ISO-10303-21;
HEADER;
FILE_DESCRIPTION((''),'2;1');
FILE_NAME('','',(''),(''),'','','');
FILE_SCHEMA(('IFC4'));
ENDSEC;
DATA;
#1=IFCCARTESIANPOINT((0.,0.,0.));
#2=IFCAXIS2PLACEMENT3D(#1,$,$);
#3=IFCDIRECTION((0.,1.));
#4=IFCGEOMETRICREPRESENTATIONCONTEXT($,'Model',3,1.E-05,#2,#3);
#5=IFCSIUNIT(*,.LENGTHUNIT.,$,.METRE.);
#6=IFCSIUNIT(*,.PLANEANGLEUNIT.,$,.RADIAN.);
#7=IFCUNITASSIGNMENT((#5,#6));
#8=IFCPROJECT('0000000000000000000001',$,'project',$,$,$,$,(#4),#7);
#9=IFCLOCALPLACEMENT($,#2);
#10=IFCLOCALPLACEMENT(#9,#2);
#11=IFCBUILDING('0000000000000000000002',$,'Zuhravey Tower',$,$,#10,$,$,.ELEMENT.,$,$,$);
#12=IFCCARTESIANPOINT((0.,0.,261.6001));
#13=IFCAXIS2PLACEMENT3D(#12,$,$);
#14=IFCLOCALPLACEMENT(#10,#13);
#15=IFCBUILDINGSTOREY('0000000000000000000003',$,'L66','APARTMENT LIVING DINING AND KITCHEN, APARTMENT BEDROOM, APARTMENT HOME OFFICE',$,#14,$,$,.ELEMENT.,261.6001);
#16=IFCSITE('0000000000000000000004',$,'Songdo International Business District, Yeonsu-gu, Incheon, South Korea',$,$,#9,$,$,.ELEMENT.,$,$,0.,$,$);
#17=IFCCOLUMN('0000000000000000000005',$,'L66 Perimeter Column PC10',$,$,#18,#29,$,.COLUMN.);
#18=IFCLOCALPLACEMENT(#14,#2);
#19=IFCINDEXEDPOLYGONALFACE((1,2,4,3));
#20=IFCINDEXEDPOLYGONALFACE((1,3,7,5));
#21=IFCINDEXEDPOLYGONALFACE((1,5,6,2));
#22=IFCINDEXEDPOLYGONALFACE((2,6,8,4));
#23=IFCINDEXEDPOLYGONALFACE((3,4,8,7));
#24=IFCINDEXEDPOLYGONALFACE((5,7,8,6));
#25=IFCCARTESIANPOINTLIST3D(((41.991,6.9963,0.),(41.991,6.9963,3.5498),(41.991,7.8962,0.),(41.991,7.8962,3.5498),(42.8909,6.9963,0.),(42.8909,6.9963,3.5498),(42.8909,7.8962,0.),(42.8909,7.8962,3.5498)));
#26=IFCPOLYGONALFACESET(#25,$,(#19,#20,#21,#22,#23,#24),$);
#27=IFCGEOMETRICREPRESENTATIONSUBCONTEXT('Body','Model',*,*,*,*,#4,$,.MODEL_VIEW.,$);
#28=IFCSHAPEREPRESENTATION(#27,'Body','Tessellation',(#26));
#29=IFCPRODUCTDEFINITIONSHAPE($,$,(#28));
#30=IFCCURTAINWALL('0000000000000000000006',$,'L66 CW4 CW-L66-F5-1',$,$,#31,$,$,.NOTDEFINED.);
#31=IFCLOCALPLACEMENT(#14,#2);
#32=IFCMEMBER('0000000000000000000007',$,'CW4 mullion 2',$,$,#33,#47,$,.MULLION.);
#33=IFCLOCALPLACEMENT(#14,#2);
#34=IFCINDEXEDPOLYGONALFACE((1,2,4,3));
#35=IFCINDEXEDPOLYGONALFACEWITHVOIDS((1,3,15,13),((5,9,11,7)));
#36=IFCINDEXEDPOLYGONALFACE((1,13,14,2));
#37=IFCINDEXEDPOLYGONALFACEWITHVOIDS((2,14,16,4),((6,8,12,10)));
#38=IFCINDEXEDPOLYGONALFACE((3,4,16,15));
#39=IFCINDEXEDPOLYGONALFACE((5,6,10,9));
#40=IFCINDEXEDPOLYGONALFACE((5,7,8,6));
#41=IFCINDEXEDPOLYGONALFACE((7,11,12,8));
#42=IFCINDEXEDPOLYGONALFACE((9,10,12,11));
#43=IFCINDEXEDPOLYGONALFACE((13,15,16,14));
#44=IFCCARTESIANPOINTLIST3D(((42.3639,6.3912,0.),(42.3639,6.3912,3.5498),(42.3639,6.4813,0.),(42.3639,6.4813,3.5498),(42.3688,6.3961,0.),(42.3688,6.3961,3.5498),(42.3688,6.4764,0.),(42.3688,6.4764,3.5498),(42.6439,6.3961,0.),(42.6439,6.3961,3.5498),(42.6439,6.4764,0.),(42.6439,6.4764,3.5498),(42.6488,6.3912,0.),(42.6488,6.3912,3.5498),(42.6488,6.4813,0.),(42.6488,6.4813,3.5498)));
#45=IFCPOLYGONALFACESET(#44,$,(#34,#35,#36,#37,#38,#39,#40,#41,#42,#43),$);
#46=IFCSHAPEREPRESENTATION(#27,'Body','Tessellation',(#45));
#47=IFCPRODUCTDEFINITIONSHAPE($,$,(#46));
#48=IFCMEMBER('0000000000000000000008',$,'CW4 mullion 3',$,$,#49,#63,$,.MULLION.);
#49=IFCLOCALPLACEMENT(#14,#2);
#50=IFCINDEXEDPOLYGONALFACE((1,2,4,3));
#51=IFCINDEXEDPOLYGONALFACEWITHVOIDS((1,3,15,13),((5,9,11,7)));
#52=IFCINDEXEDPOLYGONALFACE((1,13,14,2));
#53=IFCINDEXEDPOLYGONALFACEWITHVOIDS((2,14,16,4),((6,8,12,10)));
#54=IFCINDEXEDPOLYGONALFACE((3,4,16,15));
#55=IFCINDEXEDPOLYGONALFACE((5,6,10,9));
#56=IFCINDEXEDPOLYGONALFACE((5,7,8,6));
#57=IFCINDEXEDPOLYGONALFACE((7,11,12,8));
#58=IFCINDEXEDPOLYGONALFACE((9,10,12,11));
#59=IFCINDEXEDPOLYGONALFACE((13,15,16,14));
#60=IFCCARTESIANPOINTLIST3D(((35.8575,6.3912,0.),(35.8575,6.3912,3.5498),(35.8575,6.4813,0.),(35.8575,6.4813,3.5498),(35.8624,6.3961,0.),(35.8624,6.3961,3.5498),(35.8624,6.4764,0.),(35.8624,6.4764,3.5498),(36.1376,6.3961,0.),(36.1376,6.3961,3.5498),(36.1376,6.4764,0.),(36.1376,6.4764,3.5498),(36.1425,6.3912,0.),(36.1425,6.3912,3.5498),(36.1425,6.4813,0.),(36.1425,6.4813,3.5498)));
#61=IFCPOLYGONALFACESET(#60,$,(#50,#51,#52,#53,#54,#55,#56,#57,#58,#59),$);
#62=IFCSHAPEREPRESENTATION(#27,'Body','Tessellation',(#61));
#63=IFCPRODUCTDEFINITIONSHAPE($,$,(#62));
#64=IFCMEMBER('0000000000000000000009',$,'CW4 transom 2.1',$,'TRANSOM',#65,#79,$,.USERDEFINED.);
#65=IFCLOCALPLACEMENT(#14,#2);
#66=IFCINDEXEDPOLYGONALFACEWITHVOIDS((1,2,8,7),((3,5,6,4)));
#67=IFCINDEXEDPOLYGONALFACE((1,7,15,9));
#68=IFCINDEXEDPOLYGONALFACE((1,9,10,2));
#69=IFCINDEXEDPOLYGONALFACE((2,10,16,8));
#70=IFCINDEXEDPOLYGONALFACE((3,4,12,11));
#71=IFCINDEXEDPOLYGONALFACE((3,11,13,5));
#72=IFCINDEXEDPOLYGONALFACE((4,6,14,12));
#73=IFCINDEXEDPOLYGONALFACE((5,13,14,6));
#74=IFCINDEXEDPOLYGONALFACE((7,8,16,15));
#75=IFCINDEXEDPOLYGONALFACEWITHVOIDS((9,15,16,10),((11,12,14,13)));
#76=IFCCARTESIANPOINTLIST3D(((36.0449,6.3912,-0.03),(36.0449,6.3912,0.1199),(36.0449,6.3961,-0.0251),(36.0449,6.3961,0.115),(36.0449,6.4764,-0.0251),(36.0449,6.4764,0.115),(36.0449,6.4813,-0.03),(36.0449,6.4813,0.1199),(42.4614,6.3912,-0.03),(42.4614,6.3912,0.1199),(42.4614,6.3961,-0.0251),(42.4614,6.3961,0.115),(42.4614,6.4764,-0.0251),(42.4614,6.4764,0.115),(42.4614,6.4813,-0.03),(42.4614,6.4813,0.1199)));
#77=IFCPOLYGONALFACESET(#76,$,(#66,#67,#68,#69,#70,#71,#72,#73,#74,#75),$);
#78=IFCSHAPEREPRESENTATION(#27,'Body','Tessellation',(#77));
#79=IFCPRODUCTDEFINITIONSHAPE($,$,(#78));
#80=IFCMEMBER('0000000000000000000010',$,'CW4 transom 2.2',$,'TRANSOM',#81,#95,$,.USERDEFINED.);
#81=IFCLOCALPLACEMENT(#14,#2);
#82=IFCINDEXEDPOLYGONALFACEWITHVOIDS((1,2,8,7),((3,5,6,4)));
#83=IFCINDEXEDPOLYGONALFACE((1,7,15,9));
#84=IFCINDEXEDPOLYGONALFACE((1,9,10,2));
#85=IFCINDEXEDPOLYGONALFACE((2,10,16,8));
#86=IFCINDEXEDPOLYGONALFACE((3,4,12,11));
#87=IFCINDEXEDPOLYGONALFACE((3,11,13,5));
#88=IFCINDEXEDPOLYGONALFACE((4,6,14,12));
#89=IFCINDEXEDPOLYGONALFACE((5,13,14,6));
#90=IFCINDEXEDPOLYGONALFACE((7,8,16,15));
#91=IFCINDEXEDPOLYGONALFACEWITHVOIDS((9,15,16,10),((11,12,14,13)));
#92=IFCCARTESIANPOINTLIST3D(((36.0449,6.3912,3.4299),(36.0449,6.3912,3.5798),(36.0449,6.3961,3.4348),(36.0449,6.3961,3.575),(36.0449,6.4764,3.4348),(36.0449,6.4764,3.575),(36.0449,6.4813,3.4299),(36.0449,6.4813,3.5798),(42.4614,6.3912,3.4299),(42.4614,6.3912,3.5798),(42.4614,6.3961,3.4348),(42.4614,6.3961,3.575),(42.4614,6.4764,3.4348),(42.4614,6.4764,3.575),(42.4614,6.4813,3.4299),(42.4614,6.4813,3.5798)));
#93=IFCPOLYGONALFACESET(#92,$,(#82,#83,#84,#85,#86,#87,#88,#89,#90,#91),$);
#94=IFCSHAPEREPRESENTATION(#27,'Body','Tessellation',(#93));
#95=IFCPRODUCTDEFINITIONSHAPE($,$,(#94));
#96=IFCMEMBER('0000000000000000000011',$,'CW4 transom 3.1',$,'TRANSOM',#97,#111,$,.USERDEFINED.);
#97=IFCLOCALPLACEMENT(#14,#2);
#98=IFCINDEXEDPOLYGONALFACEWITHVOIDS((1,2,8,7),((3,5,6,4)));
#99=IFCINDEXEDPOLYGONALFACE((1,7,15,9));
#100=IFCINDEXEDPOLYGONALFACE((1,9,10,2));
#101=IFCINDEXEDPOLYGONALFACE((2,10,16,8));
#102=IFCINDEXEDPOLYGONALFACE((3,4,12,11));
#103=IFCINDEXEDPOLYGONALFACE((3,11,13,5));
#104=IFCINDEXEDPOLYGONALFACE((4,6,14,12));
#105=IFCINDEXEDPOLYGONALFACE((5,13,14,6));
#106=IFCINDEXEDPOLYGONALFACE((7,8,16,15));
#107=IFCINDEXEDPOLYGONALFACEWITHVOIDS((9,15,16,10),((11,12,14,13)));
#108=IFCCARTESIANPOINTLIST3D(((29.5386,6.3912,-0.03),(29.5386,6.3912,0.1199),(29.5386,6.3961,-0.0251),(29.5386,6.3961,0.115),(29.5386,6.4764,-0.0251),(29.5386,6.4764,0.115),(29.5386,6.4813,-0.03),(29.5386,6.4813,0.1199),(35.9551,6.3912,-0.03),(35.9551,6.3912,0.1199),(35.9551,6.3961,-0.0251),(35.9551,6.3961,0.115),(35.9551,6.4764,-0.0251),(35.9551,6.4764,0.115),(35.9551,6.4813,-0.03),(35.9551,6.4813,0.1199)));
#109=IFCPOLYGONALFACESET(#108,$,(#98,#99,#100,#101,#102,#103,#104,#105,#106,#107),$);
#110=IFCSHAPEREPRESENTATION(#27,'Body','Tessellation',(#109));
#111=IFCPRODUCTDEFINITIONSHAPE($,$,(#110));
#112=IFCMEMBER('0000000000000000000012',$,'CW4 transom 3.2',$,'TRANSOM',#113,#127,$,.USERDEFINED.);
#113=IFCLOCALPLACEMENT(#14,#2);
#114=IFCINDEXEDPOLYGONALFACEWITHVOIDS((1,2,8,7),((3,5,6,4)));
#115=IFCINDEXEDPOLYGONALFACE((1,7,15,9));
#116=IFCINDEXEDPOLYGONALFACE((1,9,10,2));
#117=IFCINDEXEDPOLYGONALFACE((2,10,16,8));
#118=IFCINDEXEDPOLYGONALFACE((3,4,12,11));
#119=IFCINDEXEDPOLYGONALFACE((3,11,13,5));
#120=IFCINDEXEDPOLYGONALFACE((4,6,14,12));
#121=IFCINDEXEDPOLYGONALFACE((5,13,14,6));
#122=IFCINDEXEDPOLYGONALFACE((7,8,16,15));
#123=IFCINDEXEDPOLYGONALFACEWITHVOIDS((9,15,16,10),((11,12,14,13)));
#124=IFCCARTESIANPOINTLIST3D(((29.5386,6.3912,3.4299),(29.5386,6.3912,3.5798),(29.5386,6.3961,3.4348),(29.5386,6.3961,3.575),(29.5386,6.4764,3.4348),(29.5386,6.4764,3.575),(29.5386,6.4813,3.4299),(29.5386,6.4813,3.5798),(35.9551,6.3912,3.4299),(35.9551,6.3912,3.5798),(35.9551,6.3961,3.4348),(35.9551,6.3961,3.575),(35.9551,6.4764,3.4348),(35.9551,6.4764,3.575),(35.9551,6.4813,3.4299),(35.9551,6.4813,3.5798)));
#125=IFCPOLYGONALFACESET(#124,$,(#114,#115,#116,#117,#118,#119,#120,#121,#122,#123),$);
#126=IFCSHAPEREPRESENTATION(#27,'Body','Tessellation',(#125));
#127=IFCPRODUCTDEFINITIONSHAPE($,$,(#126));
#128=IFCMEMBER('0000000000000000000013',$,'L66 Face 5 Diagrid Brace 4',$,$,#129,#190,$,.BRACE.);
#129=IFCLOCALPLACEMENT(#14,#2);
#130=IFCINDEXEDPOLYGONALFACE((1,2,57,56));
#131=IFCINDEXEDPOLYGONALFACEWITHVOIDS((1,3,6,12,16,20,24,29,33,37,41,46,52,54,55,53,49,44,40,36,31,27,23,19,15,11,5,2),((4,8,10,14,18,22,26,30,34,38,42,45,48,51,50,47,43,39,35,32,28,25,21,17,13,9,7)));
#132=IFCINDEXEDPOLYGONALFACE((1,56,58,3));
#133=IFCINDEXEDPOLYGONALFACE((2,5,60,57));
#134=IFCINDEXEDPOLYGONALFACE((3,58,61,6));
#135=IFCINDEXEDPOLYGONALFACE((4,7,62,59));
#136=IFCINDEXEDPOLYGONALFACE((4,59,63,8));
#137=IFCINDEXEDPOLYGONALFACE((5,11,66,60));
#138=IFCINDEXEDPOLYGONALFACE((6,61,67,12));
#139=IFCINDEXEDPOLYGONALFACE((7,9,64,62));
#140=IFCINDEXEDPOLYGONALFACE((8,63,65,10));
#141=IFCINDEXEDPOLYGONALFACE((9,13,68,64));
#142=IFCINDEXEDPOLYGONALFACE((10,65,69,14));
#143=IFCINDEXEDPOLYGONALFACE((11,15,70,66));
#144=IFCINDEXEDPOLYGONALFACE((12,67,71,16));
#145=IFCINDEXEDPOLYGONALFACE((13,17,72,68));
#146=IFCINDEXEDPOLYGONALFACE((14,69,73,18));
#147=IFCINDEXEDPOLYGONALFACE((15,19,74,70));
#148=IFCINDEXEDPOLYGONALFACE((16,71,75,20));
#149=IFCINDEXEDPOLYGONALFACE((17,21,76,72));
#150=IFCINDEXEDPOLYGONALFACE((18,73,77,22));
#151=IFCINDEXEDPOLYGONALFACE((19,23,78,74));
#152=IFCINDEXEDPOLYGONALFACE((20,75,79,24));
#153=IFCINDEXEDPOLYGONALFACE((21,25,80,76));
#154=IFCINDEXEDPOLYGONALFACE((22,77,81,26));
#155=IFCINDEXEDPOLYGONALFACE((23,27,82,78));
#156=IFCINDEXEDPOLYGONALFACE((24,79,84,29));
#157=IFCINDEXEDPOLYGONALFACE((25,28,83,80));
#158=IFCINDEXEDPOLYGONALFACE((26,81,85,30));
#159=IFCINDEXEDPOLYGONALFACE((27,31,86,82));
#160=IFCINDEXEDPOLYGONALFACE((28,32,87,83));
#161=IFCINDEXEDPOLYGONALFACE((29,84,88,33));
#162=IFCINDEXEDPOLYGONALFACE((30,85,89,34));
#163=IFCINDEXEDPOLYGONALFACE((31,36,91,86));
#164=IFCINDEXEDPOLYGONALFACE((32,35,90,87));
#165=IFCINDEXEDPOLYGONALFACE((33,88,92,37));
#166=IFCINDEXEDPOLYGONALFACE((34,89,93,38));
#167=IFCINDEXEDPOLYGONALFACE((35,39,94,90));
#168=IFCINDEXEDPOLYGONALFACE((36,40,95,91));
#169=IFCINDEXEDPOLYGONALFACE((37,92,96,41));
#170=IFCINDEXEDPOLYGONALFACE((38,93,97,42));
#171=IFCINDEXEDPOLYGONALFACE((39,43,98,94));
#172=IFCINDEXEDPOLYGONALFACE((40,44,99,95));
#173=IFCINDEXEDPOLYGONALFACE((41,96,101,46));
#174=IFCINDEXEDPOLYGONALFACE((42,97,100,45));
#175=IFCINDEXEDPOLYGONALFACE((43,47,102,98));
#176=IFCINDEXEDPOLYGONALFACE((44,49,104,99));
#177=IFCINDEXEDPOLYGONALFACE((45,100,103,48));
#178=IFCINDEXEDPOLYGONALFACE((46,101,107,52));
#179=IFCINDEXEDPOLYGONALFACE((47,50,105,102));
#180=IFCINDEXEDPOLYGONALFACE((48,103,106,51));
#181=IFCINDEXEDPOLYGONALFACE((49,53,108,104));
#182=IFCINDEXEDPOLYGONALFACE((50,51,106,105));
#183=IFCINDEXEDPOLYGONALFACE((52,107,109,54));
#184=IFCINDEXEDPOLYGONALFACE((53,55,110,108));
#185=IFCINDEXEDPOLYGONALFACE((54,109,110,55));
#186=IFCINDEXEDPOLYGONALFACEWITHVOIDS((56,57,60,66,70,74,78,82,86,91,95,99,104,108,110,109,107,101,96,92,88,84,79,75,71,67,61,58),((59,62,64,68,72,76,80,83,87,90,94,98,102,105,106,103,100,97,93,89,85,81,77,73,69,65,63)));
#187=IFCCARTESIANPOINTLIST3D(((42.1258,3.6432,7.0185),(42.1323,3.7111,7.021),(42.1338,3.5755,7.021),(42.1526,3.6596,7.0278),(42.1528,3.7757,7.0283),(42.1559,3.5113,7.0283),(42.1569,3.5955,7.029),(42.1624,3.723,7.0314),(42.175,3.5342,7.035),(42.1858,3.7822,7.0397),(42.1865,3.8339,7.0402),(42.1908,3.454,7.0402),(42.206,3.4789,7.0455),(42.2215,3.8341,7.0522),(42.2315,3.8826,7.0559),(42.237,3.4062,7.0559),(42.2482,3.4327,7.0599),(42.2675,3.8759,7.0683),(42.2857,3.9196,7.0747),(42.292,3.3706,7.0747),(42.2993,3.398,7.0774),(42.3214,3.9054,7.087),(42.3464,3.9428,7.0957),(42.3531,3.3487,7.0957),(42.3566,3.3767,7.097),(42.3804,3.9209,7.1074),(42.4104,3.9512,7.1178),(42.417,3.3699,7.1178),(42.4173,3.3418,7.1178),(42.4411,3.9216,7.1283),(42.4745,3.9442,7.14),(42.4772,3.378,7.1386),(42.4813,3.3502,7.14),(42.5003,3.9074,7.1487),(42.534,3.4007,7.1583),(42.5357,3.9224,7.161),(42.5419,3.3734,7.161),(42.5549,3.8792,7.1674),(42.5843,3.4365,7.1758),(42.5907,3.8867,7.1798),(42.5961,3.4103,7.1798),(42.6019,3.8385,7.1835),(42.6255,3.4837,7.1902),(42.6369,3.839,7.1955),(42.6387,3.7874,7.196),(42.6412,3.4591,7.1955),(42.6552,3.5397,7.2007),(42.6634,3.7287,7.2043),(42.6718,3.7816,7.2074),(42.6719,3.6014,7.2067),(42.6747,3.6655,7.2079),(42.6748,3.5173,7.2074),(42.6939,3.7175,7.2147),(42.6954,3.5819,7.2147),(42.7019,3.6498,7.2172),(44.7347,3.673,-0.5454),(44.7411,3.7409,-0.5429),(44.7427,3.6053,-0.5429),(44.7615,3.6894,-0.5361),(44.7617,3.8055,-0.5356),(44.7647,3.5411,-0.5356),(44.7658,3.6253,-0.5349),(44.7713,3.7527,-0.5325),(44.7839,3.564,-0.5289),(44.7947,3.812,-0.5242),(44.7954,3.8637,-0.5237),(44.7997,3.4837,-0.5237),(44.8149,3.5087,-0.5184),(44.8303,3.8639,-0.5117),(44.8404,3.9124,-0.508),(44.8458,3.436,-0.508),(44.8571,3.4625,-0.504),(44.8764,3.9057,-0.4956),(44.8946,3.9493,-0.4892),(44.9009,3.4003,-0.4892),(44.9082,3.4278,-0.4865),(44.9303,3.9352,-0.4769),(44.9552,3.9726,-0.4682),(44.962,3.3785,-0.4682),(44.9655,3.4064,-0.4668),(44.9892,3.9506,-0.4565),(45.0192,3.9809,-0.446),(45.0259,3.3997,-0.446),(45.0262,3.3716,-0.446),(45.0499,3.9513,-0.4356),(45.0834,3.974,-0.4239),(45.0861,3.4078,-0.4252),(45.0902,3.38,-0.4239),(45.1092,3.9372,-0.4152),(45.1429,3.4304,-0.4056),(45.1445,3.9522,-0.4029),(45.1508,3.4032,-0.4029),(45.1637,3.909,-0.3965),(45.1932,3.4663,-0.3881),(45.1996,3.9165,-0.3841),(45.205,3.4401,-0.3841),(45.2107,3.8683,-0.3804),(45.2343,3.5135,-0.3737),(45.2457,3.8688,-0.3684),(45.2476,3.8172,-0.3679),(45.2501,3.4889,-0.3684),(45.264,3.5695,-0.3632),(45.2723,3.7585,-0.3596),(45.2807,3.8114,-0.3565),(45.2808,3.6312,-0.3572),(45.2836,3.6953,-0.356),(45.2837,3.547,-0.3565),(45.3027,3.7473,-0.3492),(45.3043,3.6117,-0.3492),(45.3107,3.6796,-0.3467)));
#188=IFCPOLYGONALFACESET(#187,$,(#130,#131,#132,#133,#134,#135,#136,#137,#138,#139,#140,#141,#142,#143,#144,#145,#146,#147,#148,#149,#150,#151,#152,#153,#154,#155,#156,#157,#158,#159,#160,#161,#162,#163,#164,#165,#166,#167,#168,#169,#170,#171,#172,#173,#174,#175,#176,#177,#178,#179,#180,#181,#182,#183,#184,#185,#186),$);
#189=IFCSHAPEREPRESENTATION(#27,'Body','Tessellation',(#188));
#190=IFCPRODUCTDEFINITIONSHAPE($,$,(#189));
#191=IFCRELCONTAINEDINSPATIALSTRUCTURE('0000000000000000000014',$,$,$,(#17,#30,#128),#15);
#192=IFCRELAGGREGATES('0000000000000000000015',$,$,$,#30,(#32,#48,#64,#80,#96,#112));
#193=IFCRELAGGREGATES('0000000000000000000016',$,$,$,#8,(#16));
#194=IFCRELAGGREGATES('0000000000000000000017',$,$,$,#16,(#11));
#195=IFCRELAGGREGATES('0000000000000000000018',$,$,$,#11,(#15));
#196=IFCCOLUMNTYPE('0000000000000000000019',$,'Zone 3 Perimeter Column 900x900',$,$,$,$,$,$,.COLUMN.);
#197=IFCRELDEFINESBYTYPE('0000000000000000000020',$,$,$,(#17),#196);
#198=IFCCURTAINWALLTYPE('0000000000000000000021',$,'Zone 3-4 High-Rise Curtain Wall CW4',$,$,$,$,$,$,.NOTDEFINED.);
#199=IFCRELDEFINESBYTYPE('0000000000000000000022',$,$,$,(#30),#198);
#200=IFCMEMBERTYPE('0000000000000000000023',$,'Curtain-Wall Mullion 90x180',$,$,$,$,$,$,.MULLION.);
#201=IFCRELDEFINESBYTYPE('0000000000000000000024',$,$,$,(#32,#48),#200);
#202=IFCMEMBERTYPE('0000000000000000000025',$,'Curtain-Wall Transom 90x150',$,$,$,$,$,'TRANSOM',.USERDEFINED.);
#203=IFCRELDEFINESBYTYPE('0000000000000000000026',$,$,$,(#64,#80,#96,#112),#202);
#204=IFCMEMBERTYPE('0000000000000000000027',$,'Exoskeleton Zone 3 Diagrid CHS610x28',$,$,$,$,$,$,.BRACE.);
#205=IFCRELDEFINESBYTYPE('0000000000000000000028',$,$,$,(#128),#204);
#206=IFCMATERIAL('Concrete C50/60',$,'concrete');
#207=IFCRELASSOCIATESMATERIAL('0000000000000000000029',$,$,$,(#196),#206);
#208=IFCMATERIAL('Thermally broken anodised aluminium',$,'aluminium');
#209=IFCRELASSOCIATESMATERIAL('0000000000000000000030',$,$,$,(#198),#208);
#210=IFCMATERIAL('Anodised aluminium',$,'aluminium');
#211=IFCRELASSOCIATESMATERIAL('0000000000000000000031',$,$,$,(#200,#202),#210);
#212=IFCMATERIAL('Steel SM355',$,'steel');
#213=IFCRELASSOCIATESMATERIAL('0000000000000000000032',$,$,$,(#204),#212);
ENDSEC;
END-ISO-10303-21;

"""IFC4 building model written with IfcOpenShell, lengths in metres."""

from ifc_helpers import new_model, si_unit, direction, frame, origin, origin_2d, place, context, subcontext, project, spatial, rectangle, hollow_rectangle, hollow_circle, extrude, material, material_profile, profile_set, type_object, element, aggregate, save


model = new_model("IFC4")

# Units and contexts
model_context = context("Model", 3, precision=1e-05, world=origin(), true_north=direction((0.0, 1.0)))
body_context = subcontext(model_context, "Body", "Model", "MODEL_VIEW")
ifc_project = project(units=[si_unit("LENGTHUNIT", "METRE"), si_unit("PLANEANGLEUNIT", "RADIAN")], contexts=[model_context])

# Site, building, storey
site_placement = place(None, origin())
site = spatial("IfcSite", under=ifc_project, at=site_placement, Name="Songdo International Business District, Yeonsu-gu, Incheon, South Korea", CompositionType="ELEMENT", RefElevation=0.0)
building_placement = place(site_placement, origin())
building = spatial("IfcBuilding", under=site, at=building_placement, Name="Zuhravey Tower", CompositionType="ELEMENT")
storey_placement = place(building_placement, frame((0.0, 0.0, 261.6001)))
storey = spatial("IfcBuildingStorey", under=building, at=storey_placement, Name="L66", Description="APARTMENT LIVING DINING AND KITCHEN, APARTMENT BEDROOM, APARTMENT HOME OFFICE", CompositionType="ELEMENT", Elevation=261.6001)

# Column
ifc_material_1 = material(Name="Concrete C50/60", Category="concrete")
ifc_material_profile_1 = material_profile(ifc_material_1, rectangle(XDim=0.8999, YDim=0.8999, at=origin_2d()), Name="RC-900x900")
ifc_profile_set_1 = profile_set([ifc_material_profile_1], Name="Concrete C50/60")
column_type = type_object("IfcColumnType", Name="Zone 3 Perimeter Column 900x900", PredefinedType="COLUMN", material=ifc_profile_set_1)
column_placement = place(storey_placement, frame((42.4409, 7.4463, 0.0), z_axis=(0.0, 0.0, 1.0), x_axis=(1.0, 0.0, 0.0)))
element("IfcColumn", 1, at=column_placement, inside=storey, type_object=column_type, Name="L66 Perimeter Column PC10", PredefinedType="COLUMN", context=body_context, shape_type="SweptSolid", body=[
    extrude(rectangle(XDim=0.8999, YDim=0.8999, at=origin_2d()), origin(), (0.0, 0.0, 1.0), 3.5498),
])

# Curtain wall, members
ifc_material_2 = material(Name="Thermally broken anodised aluminium", Category="aluminium")
curtain_wall_type = type_object("IfcCurtainWallType", Name="Zone 3-4 High-Rise Curtain Wall CW4", PredefinedType="NOTDEFINED", material=ifc_material_2)
curtain_wall_placement = place(storey_placement, origin())
curtain_wall = element("IfcCurtainWall", 2, at=curtain_wall_placement, inside=storey, type_object=curtain_wall_type, Name="L66 CW4 CW-L66-F5-1", PredefinedType="NOTDEFINED")
ifc_material_3 = material(Name="Anodised aluminium", Category="aluminium")
ifc_material_profile_2 = material_profile(ifc_material_3, hollow_rectangle(XDim=0.0901, YDim=0.2849, WallThickness=0.0049, at=origin_2d()), Name="ALU-RHS-90x285x5")
ifc_profile_set_2 = profile_set([ifc_material_profile_2], Name="Anodised aluminium")
member_type_1 = type_object("IfcMemberType", Name="Curtain-Wall Mullion 90x180", PredefinedType="MULLION", material=ifc_profile_set_2)
member_1_placement = place(storey_placement, frame((42.5063, 6.4363, 0.0), z_axis=(0.0, 0.0, 1.0), x_axis=(0.0, -1.0, 0.0)))
member_1 = element("IfcMember", 3, at=member_1_placement, type_object=member_type_1, Name="CW4 mullion 2", PredefinedType="MULLION", context=body_context, shape_type="SweptSolid", body=[
    extrude(hollow_rectangle(XDim=0.0901, YDim=0.2849, WallThickness=0.0049, at=origin_2d()), origin(), (0.0, 0.0, 1.0), 3.5498),
])
member_2_placement = place(storey_placement, frame((36.0, 6.4363, 0.0), z_axis=(0.0, 0.0, 1.0), x_axis=(0.0, -1.0, 0.0)))
member_2 = element("IfcMember", 4, at=member_2_placement, type_object=member_type_1, Name="CW4 mullion 3", PredefinedType="MULLION", context=body_context, shape_type="SweptSolid", body=[
    extrude(hollow_rectangle(XDim=0.0901, YDim=0.2849, WallThickness=0.0049, at=origin_2d()), origin(), (0.0, 0.0, 1.0), 3.5498),
])
ifc_material_profile_3 = material_profile(ifc_material_3, hollow_rectangle(XDim=0.0901, YDim=0.1499, WallThickness=0.0049, at=origin_2d()), Name="ALU-RHS-90x150x5")
ifc_profile_set_3 = profile_set([ifc_material_profile_3], Name="Anodised aluminium")
member_type_2 = type_object("IfcMemberType", Name="Curtain-Wall Transom 90x150", ElementType="TRANSOM", PredefinedType="USERDEFINED", material=ifc_profile_set_3)
member_3_placement = place(storey_placement, frame((42.4614, 6.4363, 0.0449), z_axis=(-1.0, 0.0, 0.0), x_axis=(0.0, -1.0, 0.0)))
member_3 = element("IfcMember", 5, at=member_3_placement, type_object=member_type_2, Name="CW4 transom 2.1", ObjectType="TRANSOM", PredefinedType="USERDEFINED", context=body_context, shape_type="SweptSolid", body=[
    extrude(hollow_rectangle(XDim=0.0901, YDim=0.1499, WallThickness=0.0049, at=origin_2d()), origin(), (0.0, 0.0, 1.0), 6.4165),
])
member_4_placement = place(storey_placement, frame((42.4614, 6.4363, 3.5049), z_axis=(-1.0, 0.0, 0.0), x_axis=(0.0, -1.0, 0.0)))
member_4 = element("IfcMember", 6, at=member_4_placement, type_object=member_type_2, Name="CW4 transom 2.2", ObjectType="TRANSOM", PredefinedType="USERDEFINED", context=body_context, shape_type="SweptSolid", body=[
    extrude(hollow_rectangle(XDim=0.0901, YDim=0.1499, WallThickness=0.0049, at=origin_2d()), origin(), (0.0, 0.0, 1.0), 6.4165),
])
member_5_placement = place(storey_placement, frame((35.9551, 6.4363, 0.0449), z_axis=(-1.0, 0.0, 0.0), x_axis=(0.0, -1.0, 0.0)))
member_5 = element("IfcMember", 7, at=member_5_placement, type_object=member_type_2, Name="CW4 transom 3.1", ObjectType="TRANSOM", PredefinedType="USERDEFINED", context=body_context, shape_type="SweptSolid", body=[
    extrude(hollow_rectangle(XDim=0.0901, YDim=0.1499, WallThickness=0.0049, at=origin_2d()), origin(), (0.0, 0.0, 1.0), 6.4165),
])
member_6_placement = place(storey_placement, frame((35.9551, 6.4363, 3.5049), z_axis=(-1.0, 0.0, 0.0), x_axis=(0.0, -1.0, 0.0)))
member_6 = element("IfcMember", 8, at=member_6_placement, type_object=member_type_2, Name="CW4 transom 3.2", ObjectType="TRANSOM", PredefinedType="USERDEFINED", context=body_context, shape_type="SweptSolid", body=[
    extrude(hollow_rectangle(XDim=0.0901, YDim=0.1499, WallThickness=0.0049, at=origin_2d()), origin(), (0.0, 0.0, 1.0), 6.4165),
])

# Member
ifc_material_4 = material(Name="Steel SM355", Category="steel")
ifc_material_profile_4 = material_profile(ifc_material_4, hollow_circle(Radius=0.3047, WallThickness=0.0281, at=origin_2d()), Name="CHS-609.6x28")
ifc_profile_set_4 = profile_set([ifc_material_profile_4], Name="Steel SM355")
member_type_3 = type_object("IfcMemberType", Name="Exoskeleton Zone 3 Diagrid CHS610x28", PredefinedType="BRACE", material=ifc_profile_set_4)
member_7_placement = place(storey_placement, frame((45.0227, 3.6763, -0.446), z_axis=(-0.326058, -0.003723, 0.945342), x_axis=(0.011416, -0.999935, 0.0)))
element("IfcMember", 9, at=member_7_placement, inside=storey, type_object=member_type_3, Name="L66 Face 5 Diagrid Brace 4", PredefinedType="BRACE", context=body_context, shape_type="SweptSolid", body=[
    extrude(hollow_circle(Radius=0.3047, WallThickness=0.0281, at=origin_2d()), origin(), (0.0, 0.0, 1.0), 8.0012),
])

aggregate(curtain_wall, [member_1, member_2, member_3, member_4, member_5, member_6])

save(model, "model.ifc")
